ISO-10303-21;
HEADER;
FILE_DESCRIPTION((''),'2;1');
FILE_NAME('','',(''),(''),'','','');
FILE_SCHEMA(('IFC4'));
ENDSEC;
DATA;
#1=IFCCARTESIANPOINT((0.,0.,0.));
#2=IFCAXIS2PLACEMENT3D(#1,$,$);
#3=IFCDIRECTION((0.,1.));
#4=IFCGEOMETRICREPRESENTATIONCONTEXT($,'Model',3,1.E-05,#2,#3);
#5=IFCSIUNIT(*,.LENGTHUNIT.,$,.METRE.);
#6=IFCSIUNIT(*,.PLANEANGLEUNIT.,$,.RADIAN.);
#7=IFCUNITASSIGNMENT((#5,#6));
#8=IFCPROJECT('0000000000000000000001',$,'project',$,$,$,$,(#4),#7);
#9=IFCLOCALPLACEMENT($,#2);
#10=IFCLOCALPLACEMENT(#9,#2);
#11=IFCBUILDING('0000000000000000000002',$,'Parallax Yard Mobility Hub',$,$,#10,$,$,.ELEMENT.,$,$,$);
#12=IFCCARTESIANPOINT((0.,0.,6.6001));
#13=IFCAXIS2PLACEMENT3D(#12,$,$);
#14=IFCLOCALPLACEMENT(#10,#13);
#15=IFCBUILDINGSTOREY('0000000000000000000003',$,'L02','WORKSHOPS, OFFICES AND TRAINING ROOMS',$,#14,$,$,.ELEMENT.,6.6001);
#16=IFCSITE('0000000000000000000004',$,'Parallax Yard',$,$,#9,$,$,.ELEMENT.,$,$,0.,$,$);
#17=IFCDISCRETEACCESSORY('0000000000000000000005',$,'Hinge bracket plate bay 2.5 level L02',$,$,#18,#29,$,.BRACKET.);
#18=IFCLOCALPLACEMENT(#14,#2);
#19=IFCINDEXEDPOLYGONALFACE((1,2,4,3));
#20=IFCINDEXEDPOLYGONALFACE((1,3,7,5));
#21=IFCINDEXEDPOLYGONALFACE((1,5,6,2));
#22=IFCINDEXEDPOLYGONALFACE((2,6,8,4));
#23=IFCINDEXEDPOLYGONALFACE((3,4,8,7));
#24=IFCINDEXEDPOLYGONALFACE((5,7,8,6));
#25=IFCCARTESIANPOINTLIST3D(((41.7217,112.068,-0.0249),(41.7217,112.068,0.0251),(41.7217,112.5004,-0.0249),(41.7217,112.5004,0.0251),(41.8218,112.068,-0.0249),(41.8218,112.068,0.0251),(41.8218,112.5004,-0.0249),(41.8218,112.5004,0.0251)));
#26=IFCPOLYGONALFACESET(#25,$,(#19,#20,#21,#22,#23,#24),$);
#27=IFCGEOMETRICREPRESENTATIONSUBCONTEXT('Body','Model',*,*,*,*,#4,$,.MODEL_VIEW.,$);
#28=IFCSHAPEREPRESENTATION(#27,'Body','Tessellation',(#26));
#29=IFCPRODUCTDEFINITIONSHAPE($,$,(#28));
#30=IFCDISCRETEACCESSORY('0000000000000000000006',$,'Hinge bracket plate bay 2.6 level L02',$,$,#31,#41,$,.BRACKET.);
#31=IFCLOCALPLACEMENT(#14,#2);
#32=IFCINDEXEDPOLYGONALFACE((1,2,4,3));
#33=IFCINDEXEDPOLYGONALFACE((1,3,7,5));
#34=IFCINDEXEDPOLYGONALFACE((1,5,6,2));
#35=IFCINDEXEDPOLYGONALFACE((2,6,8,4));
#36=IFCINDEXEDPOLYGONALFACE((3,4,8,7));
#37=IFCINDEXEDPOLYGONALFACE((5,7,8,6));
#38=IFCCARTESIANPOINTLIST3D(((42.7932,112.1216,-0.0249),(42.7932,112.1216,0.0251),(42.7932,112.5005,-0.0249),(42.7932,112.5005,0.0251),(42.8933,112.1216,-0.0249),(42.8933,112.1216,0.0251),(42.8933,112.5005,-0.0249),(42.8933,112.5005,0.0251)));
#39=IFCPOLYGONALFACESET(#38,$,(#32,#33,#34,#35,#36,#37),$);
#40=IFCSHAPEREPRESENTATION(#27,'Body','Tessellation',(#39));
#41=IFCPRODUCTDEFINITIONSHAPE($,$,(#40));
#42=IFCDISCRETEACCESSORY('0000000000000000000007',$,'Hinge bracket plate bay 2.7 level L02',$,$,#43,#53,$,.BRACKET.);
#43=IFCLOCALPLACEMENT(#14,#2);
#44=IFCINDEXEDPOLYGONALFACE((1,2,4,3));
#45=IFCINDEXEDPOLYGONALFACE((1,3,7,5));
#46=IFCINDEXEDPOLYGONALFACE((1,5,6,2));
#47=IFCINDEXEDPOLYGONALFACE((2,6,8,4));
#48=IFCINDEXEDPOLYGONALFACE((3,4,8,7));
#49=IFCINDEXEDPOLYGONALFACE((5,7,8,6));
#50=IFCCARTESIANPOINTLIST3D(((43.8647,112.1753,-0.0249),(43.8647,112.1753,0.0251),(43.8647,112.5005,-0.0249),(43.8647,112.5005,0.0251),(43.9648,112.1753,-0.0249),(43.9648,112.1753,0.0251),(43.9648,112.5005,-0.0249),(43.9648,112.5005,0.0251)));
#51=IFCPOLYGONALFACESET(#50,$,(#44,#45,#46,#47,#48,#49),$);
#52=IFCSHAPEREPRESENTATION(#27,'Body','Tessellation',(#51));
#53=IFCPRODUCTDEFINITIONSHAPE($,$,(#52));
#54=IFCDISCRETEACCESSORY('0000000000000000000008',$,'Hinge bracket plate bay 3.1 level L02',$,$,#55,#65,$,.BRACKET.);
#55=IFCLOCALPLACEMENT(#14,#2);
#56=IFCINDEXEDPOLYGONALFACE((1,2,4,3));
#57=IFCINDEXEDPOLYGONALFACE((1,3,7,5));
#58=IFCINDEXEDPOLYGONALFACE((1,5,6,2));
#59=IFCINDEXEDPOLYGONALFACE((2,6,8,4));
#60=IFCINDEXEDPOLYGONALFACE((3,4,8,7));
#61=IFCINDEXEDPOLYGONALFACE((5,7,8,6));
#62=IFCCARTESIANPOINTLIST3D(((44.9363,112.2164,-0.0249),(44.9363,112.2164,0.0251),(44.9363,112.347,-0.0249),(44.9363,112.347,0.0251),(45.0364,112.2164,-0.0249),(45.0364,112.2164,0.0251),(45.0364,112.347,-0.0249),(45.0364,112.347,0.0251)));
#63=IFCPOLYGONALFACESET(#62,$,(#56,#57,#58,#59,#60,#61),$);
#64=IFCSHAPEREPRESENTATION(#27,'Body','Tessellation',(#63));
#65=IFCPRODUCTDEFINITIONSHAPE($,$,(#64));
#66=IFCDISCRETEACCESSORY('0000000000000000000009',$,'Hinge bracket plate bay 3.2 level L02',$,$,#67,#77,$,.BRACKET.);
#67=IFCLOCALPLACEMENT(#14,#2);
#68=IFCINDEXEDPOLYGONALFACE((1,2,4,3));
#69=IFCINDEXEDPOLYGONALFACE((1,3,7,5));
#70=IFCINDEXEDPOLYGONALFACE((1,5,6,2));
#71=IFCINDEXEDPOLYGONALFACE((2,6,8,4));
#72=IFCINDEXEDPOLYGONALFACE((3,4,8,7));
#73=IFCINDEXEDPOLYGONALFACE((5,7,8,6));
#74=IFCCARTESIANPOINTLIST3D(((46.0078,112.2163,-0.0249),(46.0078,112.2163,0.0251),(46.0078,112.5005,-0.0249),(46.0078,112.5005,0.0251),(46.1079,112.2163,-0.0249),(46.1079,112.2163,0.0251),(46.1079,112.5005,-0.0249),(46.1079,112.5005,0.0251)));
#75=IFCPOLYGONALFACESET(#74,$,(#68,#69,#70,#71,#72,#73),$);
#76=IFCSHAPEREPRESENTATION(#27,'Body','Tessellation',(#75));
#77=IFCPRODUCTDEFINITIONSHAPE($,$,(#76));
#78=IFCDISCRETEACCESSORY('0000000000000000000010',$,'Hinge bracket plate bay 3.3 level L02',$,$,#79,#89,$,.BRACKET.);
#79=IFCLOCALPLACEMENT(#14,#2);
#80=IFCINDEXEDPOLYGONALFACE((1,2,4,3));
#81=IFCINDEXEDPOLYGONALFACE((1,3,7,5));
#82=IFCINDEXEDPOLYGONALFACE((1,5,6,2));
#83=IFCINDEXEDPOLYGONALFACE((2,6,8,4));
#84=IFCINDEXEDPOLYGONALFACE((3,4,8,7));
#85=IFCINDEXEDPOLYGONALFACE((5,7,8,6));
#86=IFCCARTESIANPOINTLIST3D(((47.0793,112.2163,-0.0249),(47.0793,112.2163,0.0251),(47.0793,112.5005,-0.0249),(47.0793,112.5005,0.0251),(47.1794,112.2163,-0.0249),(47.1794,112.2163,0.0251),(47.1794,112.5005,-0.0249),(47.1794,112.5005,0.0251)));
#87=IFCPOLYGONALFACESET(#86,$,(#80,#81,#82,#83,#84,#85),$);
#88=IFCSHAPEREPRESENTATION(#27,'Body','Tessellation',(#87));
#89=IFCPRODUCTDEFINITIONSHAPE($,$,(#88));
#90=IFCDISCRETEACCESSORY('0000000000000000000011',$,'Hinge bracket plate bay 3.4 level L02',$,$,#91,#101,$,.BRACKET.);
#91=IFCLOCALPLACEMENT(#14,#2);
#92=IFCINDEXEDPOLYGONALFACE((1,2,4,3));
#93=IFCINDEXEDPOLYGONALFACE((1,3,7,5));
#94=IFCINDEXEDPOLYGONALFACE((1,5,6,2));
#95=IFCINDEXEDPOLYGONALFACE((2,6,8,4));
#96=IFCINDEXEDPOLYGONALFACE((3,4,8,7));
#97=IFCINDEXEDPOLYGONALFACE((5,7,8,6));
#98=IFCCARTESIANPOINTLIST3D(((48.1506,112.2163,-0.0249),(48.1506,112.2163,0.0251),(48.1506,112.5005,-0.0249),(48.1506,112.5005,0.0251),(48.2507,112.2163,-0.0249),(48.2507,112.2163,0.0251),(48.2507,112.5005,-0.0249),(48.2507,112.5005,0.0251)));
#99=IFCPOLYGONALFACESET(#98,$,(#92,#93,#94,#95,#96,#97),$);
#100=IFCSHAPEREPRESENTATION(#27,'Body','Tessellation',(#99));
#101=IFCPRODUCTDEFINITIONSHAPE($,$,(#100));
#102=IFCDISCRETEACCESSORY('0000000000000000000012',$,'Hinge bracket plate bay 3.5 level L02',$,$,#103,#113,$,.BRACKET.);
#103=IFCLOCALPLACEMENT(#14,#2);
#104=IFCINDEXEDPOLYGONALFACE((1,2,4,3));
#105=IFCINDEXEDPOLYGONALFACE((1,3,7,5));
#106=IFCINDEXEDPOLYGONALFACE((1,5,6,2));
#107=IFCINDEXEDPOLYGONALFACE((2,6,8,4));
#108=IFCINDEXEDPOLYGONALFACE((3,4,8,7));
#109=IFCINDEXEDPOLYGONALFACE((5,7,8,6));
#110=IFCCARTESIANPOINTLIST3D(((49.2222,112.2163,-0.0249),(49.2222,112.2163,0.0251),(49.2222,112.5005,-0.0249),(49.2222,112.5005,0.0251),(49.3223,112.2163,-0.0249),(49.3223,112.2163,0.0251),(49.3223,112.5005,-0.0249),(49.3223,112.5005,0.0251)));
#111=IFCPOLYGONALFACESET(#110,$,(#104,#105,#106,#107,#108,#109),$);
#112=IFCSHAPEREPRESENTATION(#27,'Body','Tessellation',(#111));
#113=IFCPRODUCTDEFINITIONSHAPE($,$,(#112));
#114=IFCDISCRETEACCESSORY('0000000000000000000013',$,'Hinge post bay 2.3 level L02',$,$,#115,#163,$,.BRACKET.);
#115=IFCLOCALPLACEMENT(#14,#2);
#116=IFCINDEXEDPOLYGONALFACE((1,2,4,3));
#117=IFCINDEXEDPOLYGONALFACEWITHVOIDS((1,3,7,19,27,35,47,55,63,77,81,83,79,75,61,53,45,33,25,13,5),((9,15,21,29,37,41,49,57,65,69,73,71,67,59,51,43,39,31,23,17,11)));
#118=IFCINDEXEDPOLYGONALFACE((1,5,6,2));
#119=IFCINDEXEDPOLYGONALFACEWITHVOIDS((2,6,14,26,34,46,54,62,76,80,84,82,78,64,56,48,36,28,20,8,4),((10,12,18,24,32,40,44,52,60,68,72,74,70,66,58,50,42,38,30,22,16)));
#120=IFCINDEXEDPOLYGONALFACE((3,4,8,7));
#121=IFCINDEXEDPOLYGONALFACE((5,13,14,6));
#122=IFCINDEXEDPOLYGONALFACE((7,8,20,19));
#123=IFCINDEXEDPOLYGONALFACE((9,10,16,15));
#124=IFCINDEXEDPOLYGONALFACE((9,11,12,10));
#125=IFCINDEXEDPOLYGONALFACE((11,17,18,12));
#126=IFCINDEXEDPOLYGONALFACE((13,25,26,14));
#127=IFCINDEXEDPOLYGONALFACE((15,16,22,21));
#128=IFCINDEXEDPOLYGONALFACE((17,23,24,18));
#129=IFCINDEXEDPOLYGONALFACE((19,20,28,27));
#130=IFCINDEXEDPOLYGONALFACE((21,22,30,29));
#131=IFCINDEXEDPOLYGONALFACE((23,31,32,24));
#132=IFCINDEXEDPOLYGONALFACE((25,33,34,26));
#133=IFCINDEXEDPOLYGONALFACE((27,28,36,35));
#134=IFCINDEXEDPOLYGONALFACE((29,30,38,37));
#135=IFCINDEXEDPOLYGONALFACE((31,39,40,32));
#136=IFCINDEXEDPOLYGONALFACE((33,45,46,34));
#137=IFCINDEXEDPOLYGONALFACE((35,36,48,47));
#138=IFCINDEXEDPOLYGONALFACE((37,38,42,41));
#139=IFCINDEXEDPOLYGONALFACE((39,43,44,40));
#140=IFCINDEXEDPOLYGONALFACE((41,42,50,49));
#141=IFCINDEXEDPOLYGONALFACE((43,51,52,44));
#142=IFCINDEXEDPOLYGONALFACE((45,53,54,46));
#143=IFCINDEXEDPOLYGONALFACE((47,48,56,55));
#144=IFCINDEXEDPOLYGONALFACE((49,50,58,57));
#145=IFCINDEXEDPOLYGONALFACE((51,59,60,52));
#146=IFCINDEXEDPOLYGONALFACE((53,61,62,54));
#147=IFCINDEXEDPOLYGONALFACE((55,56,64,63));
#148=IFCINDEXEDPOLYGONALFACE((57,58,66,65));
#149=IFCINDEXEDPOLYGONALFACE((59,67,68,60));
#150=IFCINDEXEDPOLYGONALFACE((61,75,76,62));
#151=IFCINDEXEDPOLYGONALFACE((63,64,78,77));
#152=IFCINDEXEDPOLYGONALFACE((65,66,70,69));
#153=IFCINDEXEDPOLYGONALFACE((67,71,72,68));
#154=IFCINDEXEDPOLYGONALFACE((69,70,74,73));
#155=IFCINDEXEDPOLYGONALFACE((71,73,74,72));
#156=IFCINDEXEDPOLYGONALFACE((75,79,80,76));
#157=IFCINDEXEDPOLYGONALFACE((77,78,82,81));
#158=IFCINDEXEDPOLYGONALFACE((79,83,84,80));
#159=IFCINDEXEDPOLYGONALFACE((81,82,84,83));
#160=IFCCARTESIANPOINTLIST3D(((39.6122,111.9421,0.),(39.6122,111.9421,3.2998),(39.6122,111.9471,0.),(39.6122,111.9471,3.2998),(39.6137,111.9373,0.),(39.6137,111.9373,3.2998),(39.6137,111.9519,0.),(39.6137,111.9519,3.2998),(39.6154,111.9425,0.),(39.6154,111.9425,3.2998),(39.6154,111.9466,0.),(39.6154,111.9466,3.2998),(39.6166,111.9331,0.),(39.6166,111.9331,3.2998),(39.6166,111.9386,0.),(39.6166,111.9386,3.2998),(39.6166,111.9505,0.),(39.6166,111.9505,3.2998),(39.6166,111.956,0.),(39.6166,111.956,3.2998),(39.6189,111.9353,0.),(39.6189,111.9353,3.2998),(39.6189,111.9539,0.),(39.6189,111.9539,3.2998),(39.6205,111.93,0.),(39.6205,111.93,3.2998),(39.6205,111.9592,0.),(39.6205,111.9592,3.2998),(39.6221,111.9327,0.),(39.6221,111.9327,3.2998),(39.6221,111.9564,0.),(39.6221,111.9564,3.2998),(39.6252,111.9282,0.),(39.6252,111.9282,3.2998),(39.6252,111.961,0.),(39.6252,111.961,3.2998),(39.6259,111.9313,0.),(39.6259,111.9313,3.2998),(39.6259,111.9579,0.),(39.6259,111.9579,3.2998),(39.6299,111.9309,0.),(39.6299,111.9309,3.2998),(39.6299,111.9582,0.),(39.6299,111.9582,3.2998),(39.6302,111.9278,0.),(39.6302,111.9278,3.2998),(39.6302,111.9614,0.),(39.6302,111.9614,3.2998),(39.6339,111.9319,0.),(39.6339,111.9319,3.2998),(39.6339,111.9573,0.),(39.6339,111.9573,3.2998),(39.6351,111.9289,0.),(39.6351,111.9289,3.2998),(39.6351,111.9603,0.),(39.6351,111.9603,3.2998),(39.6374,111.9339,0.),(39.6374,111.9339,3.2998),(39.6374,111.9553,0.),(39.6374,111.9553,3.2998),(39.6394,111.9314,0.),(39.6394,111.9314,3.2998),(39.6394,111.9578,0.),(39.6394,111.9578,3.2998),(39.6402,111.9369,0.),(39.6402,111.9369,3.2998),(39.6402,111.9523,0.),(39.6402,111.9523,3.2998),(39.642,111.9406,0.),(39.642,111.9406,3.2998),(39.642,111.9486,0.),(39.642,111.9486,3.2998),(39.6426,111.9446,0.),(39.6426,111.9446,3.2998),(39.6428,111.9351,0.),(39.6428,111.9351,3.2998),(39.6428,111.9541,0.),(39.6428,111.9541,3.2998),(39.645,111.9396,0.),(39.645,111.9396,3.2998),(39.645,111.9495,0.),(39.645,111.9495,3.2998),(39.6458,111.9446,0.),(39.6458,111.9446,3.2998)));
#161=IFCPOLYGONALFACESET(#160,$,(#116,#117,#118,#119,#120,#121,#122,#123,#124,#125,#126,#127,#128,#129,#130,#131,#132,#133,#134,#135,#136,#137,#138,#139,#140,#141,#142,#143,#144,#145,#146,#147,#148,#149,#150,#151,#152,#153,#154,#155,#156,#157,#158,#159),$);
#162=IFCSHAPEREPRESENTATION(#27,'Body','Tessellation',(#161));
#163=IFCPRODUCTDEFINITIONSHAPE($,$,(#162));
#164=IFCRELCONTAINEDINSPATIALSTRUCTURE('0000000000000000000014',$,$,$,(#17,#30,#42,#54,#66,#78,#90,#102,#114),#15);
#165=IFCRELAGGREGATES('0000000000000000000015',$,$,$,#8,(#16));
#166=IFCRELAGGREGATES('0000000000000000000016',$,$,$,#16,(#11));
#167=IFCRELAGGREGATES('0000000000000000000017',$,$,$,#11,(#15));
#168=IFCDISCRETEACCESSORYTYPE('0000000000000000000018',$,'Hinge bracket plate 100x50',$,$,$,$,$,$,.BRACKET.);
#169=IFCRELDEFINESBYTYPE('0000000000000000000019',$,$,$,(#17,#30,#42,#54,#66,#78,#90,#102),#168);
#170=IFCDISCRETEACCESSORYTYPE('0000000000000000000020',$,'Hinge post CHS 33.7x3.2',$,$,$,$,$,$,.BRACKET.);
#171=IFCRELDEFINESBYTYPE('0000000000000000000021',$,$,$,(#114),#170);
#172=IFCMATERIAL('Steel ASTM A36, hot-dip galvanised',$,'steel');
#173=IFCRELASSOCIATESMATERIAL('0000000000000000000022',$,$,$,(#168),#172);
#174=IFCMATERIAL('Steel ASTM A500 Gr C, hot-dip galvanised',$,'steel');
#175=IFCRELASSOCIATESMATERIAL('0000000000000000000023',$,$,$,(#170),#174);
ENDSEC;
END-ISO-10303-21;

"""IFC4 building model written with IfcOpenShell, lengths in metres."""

from ifc_helpers import new_model, si_unit, direction, frame, origin, origin_2d, place, context, subcontext, project, spatial, rectangle, hollow_circle, extrude, material, material_profile, profile_set, type_object, element, save


model = new_model("IFC4")

# Units and contexts
model_context = context("Model", 3, precision=1e-05, world=origin(), true_north=direction((0.0, 1.0)))
body_context = subcontext(model_context, "Body", "Model", "MODEL_VIEW")
ifc_project = project(units=[si_unit("LENGTHUNIT", "METRE"), si_unit("PLANEANGLEUNIT", "RADIAN")], contexts=[model_context])

# Site, building, storey
site_placement = place(None, origin())
site = spatial("IfcSite", under=ifc_project, at=site_placement, Name="Parallax Yard", CompositionType="ELEMENT", RefElevation=0.0)
building_placement = place(site_placement, origin())
building = spatial("IfcBuilding", under=site, at=building_placement, Name="Parallax Yard Mobility Hub", CompositionType="ELEMENT")
storey_placement = place(building_placement, frame((0.0, 0.0, 6.6001)))
storey = spatial("IfcBuildingStorey", under=building, at=storey_placement, Name="L02", Description="WORKSHOPS, OFFICES AND TRAINING ROOMS", CompositionType="ELEMENT", Elevation=6.6001)

# Discrete accessories
ifc_material_1 = material(Name="Steel ASTM A36, hot-dip galvanised", Category="steel")
discrete_accessory_type_1 = type_object("IfcDiscreteAccessoryType", Name="Hinge bracket plate 100x50", PredefinedType="BRACKET", material=ifc_material_1)
discrete_accessory_1_placement = place(storey_placement, frame((41.7717, 112.2842, -0.0249), z_axis=(0.0, 0.0, 1.0), x_axis=(0.0, -1.0, 0.0)))
element("IfcDiscreteAccessory", 1, at=discrete_accessory_1_placement, inside=storey, type_object=discrete_accessory_type_1, Name="Hinge bracket plate bay 2.5 level L02", PredefinedType="BRACKET", context=body_context, shape_type="SweptSolid", body=[
    extrude(rectangle(XDim=0.4324, YDim=0.1001, at=origin_2d()), origin(), (0.0, 0.0, 1.0), 0.05),
])
discrete_accessory_2_placement = place(storey_placement, frame((42.8433, 112.311, -0.0249), z_axis=(0.0, 0.0, 1.0), x_axis=(0.0, -1.0, 0.0)))
element("IfcDiscreteAccessory", 2, at=discrete_accessory_2_placement, inside=storey, type_object=discrete_accessory_type_1, Name="Hinge bracket plate bay 2.6 level L02", PredefinedType="BRACKET", context=body_context, shape_type="SweptSolid", body=[
    extrude(rectangle(XDim=0.3789, YDim=0.1001, at=origin_2d()), origin(), (0.0, 0.0, 1.0), 0.05),
])
discrete_accessory_3_placement = place(storey_placement, frame((43.9148, 112.3379, -0.0249), z_axis=(0.0, 0.0, 1.0), x_axis=(0.0, -1.0, 0.0)))
element("IfcDiscreteAccessory", 3, at=discrete_accessory_3_placement, inside=storey, type_object=discrete_accessory_type_1, Name="Hinge bracket plate bay 2.7 level L02", PredefinedType="BRACKET", context=body_context, shape_type="SweptSolid", body=[
    extrude(rectangle(XDim=0.3252, YDim=0.1001, at=origin_2d()), origin(), (0.0, 0.0, 1.0), 0.05),
])
discrete_accessory_4_placement = place(storey_placement, frame((44.9863, 112.2817, -0.0249), z_axis=(0.0, 0.0, 1.0), x_axis=(0.0, -1.0, 0.0)))
element("IfcDiscreteAccessory", 4, at=discrete_accessory_4_placement, inside=storey, type_object=discrete_accessory_type_1, Name="Hinge bracket plate bay 3.1 level L02", PredefinedType="BRACKET", context=body_context, shape_type="SweptSolid", body=[
    extrude(rectangle(XDim=0.1306, YDim=0.1001, at=origin_2d()), origin(), (0.0, 0.0, 1.0), 0.05),
])
for number, where, z_axis, x_axis, name in (
    (5, (46.0579, 112.3584, -0.0249), (0.0, 0.0, 1.0), (0.0, -1.0, 0.0), "Hinge bracket plate bay 3.2 level L02"),
    (6, (47.1294, 112.3584, -0.0249), (0.0, 0.0, 1.0), (0.0, -1.0, 0.0), "Hinge bracket plate bay 3.3 level L02"),
    (7, (48.2007, 112.3584, -0.0249), (0.0, 0.0, 1.0), (0.0, -1.0, 0.0), "Hinge bracket plate bay 3.4 level L02"),
    (8, (49.2722, 112.3584, -0.0249), (0.0, 0.0, 1.0), (0.0, -1.0, 0.0), "Hinge bracket plate bay 3.5 level L02"),
):
    element("IfcDiscreteAccessory", number, at=place(storey_placement, frame(where, z_axis=z_axis, x_axis=x_axis)), inside=storey, type_object=discrete_accessory_type_1, Name=name, PredefinedType="BRACKET", context=body_context, shape_type="SweptSolid", body=[
        extrude(rectangle(XDim=0.2842, YDim=0.1001, at=origin_2d()), origin(), (0.0, 0.0, 1.0), 0.05),
    ])
ifc_material_2 = material(Name="Steel ASTM A500 Gr C, hot-dip galvanised", Category="steel")
ifc_material_profile_1 = material_profile(ifc_material_2, hollow_circle(Radius=0.0168, WallThickness=0.0032, at=origin_2d()), Name="CHS 33.7x3.2")
ifc_profile_set_1 = profile_set([ifc_material_profile_1], Name="Steel ASTM A500 Gr C, hot-dip galvanised")
discrete_accessory_type_2 = type_object("IfcDiscreteAccessoryType", Name="Hinge post CHS 33.7x3.2", PredefinedType="BRACKET", material=ifc_profile_set_1)
for number, where, z_axis, x_axis, name in (
    (9, (39.6289, 111.9446, 0.0), (0.0, 0.0, 1.0), (1.0, 0.0, 0.0), "Hinge post bay 2.3 level L02"),
):
    element("IfcDiscreteAccessory", number, at=place(storey_placement, frame(where, z_axis=z_axis, x_axis=x_axis)), inside=storey, type_object=discrete_accessory_type_2, Name=name, PredefinedType="BRACKET", context=body_context, shape_type="SweptSolid", body=[
        extrude(hollow_circle(Radius=0.0168, WallThickness=0.0032, at=origin_2d()), origin(), (0.0, 0.0, 1.0), 3.2998),
    ])

save(model, "model.ifc")
